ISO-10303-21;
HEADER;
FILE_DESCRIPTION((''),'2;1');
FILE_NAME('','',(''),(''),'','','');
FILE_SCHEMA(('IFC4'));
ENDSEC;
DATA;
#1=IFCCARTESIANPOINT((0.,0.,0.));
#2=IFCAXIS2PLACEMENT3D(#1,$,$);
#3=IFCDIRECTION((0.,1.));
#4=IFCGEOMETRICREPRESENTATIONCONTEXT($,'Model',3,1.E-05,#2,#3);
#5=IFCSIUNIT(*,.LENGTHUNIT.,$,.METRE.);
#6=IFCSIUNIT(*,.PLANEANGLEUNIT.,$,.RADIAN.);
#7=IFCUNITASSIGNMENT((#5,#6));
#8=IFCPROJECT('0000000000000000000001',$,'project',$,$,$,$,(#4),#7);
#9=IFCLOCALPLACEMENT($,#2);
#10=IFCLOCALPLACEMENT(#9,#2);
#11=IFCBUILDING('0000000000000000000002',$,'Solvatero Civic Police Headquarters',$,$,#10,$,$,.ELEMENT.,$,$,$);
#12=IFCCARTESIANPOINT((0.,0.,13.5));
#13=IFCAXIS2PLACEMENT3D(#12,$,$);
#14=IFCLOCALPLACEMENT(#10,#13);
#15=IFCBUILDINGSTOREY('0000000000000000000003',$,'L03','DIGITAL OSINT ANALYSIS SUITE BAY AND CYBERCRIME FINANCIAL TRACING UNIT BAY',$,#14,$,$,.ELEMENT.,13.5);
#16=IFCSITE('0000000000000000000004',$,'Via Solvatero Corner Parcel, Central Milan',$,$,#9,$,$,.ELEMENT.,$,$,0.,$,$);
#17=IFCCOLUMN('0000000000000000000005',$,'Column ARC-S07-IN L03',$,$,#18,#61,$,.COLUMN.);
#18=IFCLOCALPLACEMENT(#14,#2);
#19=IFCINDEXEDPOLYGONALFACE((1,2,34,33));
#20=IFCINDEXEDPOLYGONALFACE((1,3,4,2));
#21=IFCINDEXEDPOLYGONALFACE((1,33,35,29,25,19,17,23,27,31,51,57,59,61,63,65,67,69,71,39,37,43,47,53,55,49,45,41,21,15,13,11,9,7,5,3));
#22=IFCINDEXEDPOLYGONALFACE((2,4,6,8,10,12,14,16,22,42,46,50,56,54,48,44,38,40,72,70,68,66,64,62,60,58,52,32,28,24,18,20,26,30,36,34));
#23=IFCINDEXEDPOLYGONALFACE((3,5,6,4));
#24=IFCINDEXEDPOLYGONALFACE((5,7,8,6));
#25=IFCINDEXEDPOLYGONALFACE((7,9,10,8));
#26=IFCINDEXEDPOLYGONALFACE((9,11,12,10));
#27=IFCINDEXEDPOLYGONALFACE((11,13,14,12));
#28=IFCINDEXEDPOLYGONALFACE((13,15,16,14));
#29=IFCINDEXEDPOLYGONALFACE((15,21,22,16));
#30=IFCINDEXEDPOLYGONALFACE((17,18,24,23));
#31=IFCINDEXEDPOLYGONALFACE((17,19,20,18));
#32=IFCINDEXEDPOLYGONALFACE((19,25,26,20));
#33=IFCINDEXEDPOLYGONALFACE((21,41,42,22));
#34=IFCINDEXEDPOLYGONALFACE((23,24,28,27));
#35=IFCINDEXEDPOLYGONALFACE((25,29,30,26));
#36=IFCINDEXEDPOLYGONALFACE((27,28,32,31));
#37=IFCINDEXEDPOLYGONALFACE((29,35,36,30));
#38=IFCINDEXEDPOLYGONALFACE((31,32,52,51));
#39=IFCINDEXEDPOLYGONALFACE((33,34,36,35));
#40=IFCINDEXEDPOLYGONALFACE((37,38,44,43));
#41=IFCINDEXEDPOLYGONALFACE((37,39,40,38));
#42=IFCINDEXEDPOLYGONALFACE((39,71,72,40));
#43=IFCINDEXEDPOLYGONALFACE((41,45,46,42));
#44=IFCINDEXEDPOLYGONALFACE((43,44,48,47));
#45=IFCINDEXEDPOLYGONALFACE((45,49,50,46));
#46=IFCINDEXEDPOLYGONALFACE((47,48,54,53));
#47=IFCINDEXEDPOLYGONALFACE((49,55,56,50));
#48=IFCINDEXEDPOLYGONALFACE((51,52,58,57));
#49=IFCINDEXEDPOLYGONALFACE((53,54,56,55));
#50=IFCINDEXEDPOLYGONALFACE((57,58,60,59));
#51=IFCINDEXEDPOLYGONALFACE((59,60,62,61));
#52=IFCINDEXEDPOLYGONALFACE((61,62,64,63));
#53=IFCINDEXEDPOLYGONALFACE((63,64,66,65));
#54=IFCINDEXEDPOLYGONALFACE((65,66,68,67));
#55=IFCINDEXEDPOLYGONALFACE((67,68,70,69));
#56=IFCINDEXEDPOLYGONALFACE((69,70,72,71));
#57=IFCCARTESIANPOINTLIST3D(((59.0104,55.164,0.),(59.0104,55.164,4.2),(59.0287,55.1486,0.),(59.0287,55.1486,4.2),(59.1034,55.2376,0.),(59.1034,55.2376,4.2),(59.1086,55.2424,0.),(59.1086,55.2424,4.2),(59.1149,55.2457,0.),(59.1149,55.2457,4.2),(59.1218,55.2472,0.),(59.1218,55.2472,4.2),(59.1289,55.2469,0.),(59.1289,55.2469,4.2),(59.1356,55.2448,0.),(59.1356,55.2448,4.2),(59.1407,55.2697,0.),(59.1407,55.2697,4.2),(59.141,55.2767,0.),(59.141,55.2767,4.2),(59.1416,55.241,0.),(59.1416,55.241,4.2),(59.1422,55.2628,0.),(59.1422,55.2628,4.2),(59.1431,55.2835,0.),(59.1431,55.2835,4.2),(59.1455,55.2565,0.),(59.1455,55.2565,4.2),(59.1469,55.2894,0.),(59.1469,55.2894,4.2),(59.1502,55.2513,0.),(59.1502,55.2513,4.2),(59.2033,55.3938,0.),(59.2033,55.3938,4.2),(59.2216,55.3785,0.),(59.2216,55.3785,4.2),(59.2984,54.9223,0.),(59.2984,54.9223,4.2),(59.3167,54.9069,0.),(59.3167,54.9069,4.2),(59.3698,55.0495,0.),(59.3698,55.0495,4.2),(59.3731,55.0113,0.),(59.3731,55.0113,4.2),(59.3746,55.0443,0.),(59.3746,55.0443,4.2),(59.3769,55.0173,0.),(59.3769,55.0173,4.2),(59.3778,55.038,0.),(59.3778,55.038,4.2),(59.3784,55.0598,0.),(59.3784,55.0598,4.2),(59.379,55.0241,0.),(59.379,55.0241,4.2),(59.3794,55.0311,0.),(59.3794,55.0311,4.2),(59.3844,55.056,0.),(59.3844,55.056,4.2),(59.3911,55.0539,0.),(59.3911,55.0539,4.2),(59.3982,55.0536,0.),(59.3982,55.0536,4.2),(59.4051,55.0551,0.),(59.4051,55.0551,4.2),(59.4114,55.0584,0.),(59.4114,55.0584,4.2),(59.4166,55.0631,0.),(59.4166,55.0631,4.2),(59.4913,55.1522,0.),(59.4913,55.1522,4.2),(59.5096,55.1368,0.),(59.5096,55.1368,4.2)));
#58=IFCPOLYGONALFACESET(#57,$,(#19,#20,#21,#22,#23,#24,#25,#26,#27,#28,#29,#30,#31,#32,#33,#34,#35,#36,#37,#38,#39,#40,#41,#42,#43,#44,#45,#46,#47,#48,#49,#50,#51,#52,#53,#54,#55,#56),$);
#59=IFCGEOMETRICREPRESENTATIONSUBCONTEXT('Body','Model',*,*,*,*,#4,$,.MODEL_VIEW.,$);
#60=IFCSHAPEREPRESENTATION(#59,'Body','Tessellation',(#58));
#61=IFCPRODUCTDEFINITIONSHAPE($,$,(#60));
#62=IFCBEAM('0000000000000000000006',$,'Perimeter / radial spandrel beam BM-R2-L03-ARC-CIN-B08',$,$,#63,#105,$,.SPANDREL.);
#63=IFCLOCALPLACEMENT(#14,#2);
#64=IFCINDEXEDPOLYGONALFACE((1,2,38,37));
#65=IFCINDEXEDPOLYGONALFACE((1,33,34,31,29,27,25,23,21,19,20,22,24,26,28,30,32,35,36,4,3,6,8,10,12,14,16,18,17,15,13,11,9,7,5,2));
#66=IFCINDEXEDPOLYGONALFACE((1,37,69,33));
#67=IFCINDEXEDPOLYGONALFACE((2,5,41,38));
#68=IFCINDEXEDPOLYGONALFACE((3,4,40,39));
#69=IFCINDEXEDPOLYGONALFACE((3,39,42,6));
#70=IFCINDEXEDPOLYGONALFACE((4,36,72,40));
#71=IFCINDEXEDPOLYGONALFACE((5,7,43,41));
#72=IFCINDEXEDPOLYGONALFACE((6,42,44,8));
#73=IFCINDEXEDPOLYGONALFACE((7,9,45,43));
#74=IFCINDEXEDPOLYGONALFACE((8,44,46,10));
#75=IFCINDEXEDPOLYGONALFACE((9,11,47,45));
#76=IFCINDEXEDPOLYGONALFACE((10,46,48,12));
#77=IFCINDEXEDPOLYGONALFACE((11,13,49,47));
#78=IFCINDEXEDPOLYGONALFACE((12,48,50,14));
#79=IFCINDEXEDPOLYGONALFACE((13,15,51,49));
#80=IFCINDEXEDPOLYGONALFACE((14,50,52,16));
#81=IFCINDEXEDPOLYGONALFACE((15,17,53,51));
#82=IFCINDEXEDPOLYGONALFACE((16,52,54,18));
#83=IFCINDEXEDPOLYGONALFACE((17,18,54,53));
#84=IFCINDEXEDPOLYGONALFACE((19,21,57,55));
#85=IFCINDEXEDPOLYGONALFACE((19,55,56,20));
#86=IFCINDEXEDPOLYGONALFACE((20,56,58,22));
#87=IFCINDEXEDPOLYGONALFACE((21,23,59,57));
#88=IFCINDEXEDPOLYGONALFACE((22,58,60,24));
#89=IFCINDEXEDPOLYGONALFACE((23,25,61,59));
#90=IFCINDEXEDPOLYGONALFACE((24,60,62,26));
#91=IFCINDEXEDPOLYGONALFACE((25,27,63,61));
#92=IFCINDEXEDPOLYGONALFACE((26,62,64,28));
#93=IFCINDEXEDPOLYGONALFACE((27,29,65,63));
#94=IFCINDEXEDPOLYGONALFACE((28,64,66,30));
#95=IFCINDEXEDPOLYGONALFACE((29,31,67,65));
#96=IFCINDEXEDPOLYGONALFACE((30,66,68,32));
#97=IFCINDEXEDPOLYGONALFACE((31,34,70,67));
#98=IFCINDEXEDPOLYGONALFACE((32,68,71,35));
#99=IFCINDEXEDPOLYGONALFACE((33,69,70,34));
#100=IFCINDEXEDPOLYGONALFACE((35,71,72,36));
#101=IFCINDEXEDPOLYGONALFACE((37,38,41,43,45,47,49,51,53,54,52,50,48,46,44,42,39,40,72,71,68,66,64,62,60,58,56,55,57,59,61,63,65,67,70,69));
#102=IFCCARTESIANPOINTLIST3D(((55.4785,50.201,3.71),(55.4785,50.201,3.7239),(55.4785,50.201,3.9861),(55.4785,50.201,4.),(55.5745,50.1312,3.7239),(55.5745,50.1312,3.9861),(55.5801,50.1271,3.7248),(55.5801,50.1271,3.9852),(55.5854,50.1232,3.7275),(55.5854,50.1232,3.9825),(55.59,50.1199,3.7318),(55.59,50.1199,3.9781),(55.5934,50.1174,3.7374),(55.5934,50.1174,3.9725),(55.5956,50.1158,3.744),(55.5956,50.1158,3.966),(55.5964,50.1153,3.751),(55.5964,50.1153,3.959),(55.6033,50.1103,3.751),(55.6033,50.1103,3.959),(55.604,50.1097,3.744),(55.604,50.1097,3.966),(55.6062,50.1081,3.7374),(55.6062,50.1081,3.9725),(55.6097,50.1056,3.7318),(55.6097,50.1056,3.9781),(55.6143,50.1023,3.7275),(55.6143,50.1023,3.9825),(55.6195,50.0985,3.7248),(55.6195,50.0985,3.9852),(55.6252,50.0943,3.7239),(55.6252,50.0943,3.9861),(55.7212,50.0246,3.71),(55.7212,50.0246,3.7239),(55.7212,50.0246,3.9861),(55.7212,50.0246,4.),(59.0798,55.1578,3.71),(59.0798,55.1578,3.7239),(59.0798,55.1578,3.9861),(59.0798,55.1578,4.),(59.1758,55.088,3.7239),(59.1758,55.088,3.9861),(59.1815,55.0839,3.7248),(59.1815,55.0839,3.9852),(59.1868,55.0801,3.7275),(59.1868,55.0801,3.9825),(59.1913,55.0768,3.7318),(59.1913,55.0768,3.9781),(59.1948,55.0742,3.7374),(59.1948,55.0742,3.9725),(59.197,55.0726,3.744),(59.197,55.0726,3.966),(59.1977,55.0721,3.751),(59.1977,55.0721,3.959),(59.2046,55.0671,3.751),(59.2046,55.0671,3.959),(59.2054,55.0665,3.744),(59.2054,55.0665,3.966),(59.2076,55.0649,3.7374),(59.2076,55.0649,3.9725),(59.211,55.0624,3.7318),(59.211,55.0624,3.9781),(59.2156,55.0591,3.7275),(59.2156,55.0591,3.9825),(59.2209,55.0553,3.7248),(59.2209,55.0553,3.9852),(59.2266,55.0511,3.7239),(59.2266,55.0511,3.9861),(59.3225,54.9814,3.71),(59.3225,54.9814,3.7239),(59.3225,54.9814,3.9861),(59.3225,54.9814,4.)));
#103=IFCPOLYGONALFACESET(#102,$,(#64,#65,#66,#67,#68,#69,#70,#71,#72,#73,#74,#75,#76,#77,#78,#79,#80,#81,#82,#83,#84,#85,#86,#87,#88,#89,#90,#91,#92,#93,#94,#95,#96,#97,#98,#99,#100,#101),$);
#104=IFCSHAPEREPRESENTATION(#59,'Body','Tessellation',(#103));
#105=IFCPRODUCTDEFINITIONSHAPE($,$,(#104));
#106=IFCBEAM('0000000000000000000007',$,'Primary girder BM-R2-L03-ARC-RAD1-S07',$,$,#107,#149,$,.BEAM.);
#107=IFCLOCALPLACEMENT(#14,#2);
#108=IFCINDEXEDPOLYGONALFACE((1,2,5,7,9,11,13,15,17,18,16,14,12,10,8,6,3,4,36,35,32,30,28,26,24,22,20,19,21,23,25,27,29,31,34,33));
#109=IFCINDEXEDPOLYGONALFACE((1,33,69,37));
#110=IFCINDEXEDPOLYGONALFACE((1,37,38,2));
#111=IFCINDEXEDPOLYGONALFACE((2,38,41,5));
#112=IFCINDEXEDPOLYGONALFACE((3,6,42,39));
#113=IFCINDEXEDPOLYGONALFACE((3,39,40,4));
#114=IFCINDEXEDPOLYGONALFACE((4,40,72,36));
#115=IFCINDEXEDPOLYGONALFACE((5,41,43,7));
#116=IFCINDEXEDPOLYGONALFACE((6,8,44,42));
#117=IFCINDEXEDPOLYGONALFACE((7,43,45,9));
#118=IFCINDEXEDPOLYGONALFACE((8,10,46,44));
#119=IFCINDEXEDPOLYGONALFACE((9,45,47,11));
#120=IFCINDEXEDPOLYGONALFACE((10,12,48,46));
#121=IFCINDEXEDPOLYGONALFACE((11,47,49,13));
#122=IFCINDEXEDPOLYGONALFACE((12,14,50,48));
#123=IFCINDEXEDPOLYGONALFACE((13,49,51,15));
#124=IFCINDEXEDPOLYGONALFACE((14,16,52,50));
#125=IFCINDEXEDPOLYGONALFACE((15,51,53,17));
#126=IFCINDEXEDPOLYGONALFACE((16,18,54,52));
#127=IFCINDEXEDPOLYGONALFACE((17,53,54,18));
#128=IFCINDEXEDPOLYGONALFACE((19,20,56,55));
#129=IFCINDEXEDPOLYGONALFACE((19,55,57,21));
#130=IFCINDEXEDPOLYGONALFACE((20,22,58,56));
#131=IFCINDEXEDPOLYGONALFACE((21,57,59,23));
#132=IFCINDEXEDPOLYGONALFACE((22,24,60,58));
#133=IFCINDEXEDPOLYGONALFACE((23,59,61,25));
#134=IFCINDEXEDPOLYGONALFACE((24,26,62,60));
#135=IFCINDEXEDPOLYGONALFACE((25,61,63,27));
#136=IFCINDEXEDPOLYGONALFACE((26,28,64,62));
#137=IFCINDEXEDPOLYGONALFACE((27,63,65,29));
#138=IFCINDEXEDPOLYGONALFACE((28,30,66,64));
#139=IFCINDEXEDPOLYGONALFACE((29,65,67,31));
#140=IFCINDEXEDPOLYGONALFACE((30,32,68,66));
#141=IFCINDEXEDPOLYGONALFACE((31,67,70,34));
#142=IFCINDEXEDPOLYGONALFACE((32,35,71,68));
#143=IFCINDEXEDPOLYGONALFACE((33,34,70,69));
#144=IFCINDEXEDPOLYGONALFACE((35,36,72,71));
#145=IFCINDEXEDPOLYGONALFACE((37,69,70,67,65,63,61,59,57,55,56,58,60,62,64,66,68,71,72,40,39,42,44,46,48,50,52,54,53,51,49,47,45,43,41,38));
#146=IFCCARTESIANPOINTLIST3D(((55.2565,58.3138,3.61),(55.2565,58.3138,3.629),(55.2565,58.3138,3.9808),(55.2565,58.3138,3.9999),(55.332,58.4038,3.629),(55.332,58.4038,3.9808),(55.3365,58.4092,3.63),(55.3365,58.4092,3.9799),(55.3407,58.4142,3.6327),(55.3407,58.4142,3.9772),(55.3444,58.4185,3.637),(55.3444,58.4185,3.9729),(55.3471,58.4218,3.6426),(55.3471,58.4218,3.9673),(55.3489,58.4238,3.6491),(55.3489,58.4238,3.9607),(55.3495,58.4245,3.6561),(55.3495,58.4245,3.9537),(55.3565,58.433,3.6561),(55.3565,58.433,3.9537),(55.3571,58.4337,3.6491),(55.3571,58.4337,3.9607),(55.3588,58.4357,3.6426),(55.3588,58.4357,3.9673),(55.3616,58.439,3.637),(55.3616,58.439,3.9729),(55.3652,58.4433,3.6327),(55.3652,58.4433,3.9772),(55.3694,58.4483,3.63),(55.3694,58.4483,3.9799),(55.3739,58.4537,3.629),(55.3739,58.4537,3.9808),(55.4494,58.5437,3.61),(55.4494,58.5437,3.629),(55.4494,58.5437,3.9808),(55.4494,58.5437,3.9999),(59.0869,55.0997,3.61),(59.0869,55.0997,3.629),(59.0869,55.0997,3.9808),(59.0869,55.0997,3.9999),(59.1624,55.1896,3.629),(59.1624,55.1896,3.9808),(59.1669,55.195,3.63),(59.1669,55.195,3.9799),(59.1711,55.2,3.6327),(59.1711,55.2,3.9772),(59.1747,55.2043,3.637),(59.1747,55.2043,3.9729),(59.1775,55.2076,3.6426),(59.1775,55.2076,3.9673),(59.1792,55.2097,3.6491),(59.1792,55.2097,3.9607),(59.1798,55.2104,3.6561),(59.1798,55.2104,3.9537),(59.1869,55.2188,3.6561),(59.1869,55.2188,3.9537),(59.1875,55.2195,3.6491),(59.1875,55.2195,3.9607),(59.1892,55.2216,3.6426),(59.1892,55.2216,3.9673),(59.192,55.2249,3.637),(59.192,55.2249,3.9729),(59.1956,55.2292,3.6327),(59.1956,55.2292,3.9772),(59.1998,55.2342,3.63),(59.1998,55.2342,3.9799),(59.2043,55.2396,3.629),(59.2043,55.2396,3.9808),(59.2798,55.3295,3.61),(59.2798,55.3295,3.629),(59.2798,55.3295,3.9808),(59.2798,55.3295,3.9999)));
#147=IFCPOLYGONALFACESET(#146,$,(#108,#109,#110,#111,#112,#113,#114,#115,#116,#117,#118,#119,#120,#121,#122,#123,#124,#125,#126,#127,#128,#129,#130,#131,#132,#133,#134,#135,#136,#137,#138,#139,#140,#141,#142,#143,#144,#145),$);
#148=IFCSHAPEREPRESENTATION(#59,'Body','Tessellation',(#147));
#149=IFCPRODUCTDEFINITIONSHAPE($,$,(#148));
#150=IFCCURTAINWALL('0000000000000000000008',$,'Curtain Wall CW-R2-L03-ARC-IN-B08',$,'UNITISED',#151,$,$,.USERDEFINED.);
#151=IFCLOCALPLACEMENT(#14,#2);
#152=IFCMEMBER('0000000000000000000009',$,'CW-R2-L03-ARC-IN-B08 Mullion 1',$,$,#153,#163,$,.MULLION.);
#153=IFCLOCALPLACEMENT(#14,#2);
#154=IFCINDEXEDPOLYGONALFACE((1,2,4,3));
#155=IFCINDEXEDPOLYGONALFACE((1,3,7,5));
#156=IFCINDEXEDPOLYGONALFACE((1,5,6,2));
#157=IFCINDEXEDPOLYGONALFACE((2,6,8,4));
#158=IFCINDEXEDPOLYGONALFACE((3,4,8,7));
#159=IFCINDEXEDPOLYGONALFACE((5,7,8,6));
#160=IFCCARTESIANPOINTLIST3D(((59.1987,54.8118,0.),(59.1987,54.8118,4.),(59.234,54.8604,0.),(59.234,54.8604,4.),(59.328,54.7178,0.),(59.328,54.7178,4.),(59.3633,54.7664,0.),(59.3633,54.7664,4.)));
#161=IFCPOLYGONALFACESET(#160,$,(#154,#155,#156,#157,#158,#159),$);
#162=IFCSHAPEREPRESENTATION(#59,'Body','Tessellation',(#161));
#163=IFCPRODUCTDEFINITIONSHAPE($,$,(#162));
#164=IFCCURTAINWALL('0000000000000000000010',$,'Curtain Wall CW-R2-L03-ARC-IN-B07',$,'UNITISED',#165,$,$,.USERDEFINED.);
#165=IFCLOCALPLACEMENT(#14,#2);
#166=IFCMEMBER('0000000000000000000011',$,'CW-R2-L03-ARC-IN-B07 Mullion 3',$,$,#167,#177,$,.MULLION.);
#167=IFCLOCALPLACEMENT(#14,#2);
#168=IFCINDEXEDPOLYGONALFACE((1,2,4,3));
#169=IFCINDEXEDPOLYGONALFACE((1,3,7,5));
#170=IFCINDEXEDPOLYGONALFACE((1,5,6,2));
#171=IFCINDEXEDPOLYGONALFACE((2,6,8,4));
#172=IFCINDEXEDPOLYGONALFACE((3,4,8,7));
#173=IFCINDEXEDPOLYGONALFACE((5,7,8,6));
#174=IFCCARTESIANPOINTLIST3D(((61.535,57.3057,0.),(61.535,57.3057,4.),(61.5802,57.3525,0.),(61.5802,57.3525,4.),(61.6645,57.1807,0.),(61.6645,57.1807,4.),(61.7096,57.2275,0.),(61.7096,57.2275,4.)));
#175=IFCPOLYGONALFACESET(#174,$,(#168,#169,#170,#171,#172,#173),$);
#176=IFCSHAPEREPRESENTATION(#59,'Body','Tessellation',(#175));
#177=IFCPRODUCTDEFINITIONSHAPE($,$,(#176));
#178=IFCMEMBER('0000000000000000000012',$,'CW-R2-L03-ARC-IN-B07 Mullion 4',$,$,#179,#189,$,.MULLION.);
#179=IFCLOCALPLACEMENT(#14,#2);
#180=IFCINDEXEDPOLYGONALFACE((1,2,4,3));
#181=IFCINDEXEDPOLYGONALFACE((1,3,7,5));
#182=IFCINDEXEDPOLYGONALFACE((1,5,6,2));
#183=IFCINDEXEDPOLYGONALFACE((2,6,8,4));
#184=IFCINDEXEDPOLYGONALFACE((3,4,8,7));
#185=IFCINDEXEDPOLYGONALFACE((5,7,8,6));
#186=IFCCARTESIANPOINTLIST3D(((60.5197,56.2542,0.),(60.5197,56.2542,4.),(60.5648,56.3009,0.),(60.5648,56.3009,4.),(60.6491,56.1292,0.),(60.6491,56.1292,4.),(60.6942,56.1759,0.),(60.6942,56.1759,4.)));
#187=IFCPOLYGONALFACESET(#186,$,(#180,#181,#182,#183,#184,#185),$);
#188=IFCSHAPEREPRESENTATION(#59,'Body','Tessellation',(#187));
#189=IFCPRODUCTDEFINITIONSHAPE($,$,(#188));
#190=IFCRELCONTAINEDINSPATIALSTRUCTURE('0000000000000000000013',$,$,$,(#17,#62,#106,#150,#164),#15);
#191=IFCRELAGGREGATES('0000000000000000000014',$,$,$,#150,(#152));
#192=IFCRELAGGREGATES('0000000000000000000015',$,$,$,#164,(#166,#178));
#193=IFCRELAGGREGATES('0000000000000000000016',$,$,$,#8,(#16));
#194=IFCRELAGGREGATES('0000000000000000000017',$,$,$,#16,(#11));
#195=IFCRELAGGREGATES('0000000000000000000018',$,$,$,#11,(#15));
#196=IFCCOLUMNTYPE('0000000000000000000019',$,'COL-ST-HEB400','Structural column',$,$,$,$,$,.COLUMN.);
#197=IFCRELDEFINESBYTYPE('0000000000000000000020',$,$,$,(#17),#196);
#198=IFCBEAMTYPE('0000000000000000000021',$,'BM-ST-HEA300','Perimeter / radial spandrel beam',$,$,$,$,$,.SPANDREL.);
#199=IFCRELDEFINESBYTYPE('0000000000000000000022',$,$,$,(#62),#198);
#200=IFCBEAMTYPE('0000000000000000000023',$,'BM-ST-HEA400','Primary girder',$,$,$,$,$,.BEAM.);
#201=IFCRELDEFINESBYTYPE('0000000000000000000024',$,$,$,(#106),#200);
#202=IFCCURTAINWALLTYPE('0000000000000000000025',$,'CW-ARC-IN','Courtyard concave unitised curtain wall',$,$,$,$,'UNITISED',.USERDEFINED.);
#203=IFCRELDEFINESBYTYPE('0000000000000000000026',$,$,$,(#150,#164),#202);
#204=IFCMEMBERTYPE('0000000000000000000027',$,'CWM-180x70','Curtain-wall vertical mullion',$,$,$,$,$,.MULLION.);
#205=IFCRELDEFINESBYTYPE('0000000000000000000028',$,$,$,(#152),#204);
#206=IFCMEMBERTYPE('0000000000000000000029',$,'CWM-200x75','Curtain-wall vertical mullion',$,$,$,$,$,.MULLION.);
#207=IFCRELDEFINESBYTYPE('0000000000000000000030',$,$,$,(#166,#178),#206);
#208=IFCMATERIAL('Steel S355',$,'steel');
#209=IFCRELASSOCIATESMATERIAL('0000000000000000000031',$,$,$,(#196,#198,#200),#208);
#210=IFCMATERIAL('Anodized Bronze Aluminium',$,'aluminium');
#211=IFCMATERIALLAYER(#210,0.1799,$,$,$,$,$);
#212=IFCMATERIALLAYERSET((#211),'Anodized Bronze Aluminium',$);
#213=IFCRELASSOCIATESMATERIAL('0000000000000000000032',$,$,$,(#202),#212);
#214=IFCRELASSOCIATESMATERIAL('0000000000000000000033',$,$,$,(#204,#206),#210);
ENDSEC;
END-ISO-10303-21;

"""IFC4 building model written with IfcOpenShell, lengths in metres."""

from ifc_helpers import new_model, si_unit, direction, frame, origin, origin_2d, place, context, subcontext, project, spatial, rectangle, i_section, extrude, material, layer, layer_set, material_profile, profile_set, type_object, element, aggregate, save


model = new_model("IFC4")

# Units and contexts
model_context = context("Model", 3, precision=1e-05, world=origin(), true_north=direction((0.0, 1.0)))
body_context = subcontext(model_context, "Body", "Model", "MODEL_VIEW")
ifc_project = project(units=[si_unit("LENGTHUNIT", "METRE"), si_unit("PLANEANGLEUNIT", "RADIAN")], contexts=[model_context])

# Site, building, storey
site_placement = place(None, origin())
site = spatial("IfcSite", under=ifc_project, at=site_placement, Name="Via Solvatero Corner Parcel, Central Milan", CompositionType="ELEMENT", RefElevation=0.0)
building_placement = place(site_placement, origin())
building = spatial("IfcBuilding", under=site, at=building_placement, Name="Solvatero Civic Police Headquarters", CompositionType="ELEMENT")
storey_placement = place(building_placement, frame((0.0, 0.0, 13.5)))
storey = spatial("IfcBuildingStorey", under=building, at=storey_placement, Name="L03", Description="DIGITAL OSINT ANALYSIS SUITE BAY AND CYBERCRIME FINANCIAL TRACING UNIT BAY", CompositionType="ELEMENT", Elevation=13.5)

# Column
ifc_material_1 = material(Name="Steel S355", Category="steel")
ifc_material_profile_1 = material_profile(ifc_material_1, i_section(OverallWidth=0.3, OverallDepth=0.3999, WebThickness=0.0134, FlangeThickness=0.0239, FilletRadius=0.0271, at=origin_2d()), Name="HEB 400")
ifc_profile_set_1 = profile_set([ifc_material_profile_1], Name="Steel S355")
column_type = type_object("IfcColumnType", Name="COL-ST-HEB400", Description="Structural column", PredefinedType="COLUMN", material=ifc_profile_set_1)
column_placement = place(storey_placement, frame((59.26, 55.1504, 0.0), z_axis=(0.0, 0.0, 1.0), x_axis=(0.642788, 0.766044, 0.0)))
element("IfcColumn", 1, at=column_placement, inside=storey, type_object=column_type, Name="Column ARC-S07-IN L03", PredefinedType="COLUMN", context=body_context, shape_type="SweptSolid", body=[
    extrude(i_section(OverallWidth=0.3, OverallDepth=0.3999, WebThickness=0.0134, FlangeThickness=0.0239, FilletRadius=0.0271, at=origin_2d()), origin(), (0.0, 0.0, 1.0), 4.2),
])

# Beams
ifc_material_profile_2 = material_profile(ifc_material_1, i_section(OverallWidth=0.3, OverallDepth=0.29, WebThickness=0.0085, FlangeThickness=0.0139, FilletRadius=0.0271, at=origin_2d()), Name="HEA 300")
ifc_profile_set_2 = profile_set([ifc_material_profile_2], Name="Steel S355")
beam_type_1 = type_object("IfcBeamType", Name="BM-ST-HEA300", Description="Perimeter / radial spandrel beam", PredefinedType="SPANDREL", material=ifc_profile_set_2)
beam_1_placement = place(storey_placement, frame((59.2012, 55.0696, 3.855), z_axis=(-0.587785, -0.809017, 0.0), x_axis=(0.809017, -0.587785, 0.0)))
element("IfcBeam", 2, at=beam_1_placement, inside=storey, type_object=beam_type_1, Name="Perimeter / radial spandrel beam BM-R2-L03-ARC-CIN-B08", PredefinedType="SPANDREL", context=body_context, shape_type="SweptSolid", body=[
    extrude(i_section(OverallWidth=0.3, OverallDepth=0.29, WebThickness=0.0085, FlangeThickness=0.0139, FilletRadius=0.0271, at=origin_2d()), origin(), (0.0, 0.0, 1.0), 6.127),
])
ifc_material_profile_3 = material_profile(ifc_material_1, i_section(OverallWidth=0.3, OverallDepth=0.3899, WebThickness=0.011, FlangeThickness=0.019, FilletRadius=0.0271, at=origin_2d()), Name="HEA 400")
ifc_profile_set_3 = profile_set([ifc_material_profile_3], Name="Steel S355")
beam_type_2 = type_object("IfcBeamType", Name="BM-ST-HEA400", Description="Primary girder", PredefinedType="BEAM", material=ifc_profile_set_3)
beam_2_placement = place(storey_placement, frame((59.1833, 55.2146, 3.8049), z_axis=(-0.766036, 0.642798, 0.0), x_axis=(-0.642798, -0.766036, 0.0)))
element("IfcBeam", 3, at=beam_2_placement, inside=storey, type_object=beam_type_2, Name="Primary girder BM-R2-L03-ARC-RAD1-S07", PredefinedType="BEAM", context=body_context, shape_type="SweptSolid", body=[
    extrude(i_section(OverallWidth=0.3, OverallDepth=0.3899, WebThickness=0.011, FlangeThickness=0.019, FilletRadius=0.0271, at=origin_2d()), origin(), (0.0, 0.0, 1.0), 5.0002),
])

# Curtain wall, member
ifc_material_2 = material(Name="Anodized Bronze Aluminium", Category="aluminium")
ifc_layer_1 = layer(ifc_material_2, 0.1799)
ifc_layer_set_1 = layer_set([ifc_layer_1], Name="Anodized Bronze Aluminium")
curtain_wall_type = type_object("IfcCurtainWallType", Name="CW-ARC-IN", Description="Courtyard concave unitised curtain wall", ElementType="UNITISED", PredefinedType="USERDEFINED", material=ifc_layer_set_1)
curtain_wall_1_placement = place(storey_placement, origin())
curtain_wall_1 = element("IfcCurtainWall", 4, at=curtain_wall_1_placement, inside=storey, type_object=curtain_wall_type, Name="Curtain Wall CW-R2-L03-ARC-IN-B08", ObjectType="UNITISED", PredefinedType="USERDEFINED")
ifc_material_profile_4 = material_profile(ifc_material_2, rectangle(XDim=0.0601, YDim=0.1599, at=origin_2d()), Name="ALU MULLION 60x160")
ifc_profile_set_4 = profile_set([ifc_material_profile_4], Name="Anodized Bronze Aluminium")
member_type_1 = type_object("IfcMemberType", Name="CWM-180x70", Description="Curtain-wall vertical mullion", PredefinedType="MULLION", material=ifc_profile_set_4)
member_1_placement = place(storey_placement, frame((59.281, 54.7891, 0.0), z_axis=(0.0, 0.0, 1.0), x_axis=(-0.587771, -0.809027, 0.0)))
member_1 = element("IfcMember", 5, at=member_1_placement, type_object=member_type_1, Name="CW-R2-L03-ARC-IN-B08 Mullion 1", PredefinedType="MULLION", context=body_context, shape_type="SweptSolid", body=[
    extrude(rectangle(XDim=0.0601, YDim=0.1599, at=origin_2d()), origin(), (0.0, 0.0, 1.0), 4.0),
])

# Curtain wall, members
curtain_wall_2_placement = place(storey_placement, origin())
curtain_wall_2 = element("IfcCurtainWall", 6, at=curtain_wall_2_placement, inside=storey, type_object=curtain_wall_type, Name="Curtain Wall CW-R2-L03-ARC-IN-B07", ObjectType="UNITISED", PredefinedType="USERDEFINED")
ifc_material_profile_5 = material_profile(ifc_material_2, rectangle(XDim=0.0649, YDim=0.1799, at=origin_2d()), Name="ALU MULLION 65x180")
ifc_profile_set_5 = profile_set([ifc_material_profile_5], Name="Anodized Bronze Aluminium")
member_type_2 = type_object("IfcMemberType", Name="CWM-200x75", Description="Curtain-wall vertical mullion", PredefinedType="MULLION", material=ifc_profile_set_5)
member_2_placement = place(storey_placement, frame((61.6223, 57.2666, 0.0), z_axis=(0.0, 0.0, 1.0), x_axis=(-0.694658, -0.71934, 0.0)))
member_2 = element("IfcMember", 7, at=member_2_placement, type_object=member_type_2, Name="CW-R2-L03-ARC-IN-B07 Mullion 3", PredefinedType="MULLION", context=body_context, shape_type="SweptSolid", body=[
    extrude(rectangle(XDim=0.0649, YDim=0.1799, at=origin_2d()), origin(), (0.0, 0.0, 1.0), 4.0),
])
member_3_placement = place(storey_placement, frame((60.6069, 56.2151, 0.0), z_axis=(0.0, 0.0, 1.0), x_axis=(-0.694658, -0.71934, 0.0)))
member_3 = element("IfcMember", 8, at=member_3_placement, type_object=member_type_2, Name="CW-R2-L03-ARC-IN-B07 Mullion 4", PredefinedType="MULLION", context=body_context, shape_type="SweptSolid", body=[
    extrude(rectangle(XDim=0.0649, YDim=0.1799, at=origin_2d()), origin(), (0.0, 0.0, 1.0), 4.0),
])

aggregate(curtain_wall_1, [member_1])

aggregate(curtain_wall_2, [member_2, member_3])

save(model, "model.ifc")
